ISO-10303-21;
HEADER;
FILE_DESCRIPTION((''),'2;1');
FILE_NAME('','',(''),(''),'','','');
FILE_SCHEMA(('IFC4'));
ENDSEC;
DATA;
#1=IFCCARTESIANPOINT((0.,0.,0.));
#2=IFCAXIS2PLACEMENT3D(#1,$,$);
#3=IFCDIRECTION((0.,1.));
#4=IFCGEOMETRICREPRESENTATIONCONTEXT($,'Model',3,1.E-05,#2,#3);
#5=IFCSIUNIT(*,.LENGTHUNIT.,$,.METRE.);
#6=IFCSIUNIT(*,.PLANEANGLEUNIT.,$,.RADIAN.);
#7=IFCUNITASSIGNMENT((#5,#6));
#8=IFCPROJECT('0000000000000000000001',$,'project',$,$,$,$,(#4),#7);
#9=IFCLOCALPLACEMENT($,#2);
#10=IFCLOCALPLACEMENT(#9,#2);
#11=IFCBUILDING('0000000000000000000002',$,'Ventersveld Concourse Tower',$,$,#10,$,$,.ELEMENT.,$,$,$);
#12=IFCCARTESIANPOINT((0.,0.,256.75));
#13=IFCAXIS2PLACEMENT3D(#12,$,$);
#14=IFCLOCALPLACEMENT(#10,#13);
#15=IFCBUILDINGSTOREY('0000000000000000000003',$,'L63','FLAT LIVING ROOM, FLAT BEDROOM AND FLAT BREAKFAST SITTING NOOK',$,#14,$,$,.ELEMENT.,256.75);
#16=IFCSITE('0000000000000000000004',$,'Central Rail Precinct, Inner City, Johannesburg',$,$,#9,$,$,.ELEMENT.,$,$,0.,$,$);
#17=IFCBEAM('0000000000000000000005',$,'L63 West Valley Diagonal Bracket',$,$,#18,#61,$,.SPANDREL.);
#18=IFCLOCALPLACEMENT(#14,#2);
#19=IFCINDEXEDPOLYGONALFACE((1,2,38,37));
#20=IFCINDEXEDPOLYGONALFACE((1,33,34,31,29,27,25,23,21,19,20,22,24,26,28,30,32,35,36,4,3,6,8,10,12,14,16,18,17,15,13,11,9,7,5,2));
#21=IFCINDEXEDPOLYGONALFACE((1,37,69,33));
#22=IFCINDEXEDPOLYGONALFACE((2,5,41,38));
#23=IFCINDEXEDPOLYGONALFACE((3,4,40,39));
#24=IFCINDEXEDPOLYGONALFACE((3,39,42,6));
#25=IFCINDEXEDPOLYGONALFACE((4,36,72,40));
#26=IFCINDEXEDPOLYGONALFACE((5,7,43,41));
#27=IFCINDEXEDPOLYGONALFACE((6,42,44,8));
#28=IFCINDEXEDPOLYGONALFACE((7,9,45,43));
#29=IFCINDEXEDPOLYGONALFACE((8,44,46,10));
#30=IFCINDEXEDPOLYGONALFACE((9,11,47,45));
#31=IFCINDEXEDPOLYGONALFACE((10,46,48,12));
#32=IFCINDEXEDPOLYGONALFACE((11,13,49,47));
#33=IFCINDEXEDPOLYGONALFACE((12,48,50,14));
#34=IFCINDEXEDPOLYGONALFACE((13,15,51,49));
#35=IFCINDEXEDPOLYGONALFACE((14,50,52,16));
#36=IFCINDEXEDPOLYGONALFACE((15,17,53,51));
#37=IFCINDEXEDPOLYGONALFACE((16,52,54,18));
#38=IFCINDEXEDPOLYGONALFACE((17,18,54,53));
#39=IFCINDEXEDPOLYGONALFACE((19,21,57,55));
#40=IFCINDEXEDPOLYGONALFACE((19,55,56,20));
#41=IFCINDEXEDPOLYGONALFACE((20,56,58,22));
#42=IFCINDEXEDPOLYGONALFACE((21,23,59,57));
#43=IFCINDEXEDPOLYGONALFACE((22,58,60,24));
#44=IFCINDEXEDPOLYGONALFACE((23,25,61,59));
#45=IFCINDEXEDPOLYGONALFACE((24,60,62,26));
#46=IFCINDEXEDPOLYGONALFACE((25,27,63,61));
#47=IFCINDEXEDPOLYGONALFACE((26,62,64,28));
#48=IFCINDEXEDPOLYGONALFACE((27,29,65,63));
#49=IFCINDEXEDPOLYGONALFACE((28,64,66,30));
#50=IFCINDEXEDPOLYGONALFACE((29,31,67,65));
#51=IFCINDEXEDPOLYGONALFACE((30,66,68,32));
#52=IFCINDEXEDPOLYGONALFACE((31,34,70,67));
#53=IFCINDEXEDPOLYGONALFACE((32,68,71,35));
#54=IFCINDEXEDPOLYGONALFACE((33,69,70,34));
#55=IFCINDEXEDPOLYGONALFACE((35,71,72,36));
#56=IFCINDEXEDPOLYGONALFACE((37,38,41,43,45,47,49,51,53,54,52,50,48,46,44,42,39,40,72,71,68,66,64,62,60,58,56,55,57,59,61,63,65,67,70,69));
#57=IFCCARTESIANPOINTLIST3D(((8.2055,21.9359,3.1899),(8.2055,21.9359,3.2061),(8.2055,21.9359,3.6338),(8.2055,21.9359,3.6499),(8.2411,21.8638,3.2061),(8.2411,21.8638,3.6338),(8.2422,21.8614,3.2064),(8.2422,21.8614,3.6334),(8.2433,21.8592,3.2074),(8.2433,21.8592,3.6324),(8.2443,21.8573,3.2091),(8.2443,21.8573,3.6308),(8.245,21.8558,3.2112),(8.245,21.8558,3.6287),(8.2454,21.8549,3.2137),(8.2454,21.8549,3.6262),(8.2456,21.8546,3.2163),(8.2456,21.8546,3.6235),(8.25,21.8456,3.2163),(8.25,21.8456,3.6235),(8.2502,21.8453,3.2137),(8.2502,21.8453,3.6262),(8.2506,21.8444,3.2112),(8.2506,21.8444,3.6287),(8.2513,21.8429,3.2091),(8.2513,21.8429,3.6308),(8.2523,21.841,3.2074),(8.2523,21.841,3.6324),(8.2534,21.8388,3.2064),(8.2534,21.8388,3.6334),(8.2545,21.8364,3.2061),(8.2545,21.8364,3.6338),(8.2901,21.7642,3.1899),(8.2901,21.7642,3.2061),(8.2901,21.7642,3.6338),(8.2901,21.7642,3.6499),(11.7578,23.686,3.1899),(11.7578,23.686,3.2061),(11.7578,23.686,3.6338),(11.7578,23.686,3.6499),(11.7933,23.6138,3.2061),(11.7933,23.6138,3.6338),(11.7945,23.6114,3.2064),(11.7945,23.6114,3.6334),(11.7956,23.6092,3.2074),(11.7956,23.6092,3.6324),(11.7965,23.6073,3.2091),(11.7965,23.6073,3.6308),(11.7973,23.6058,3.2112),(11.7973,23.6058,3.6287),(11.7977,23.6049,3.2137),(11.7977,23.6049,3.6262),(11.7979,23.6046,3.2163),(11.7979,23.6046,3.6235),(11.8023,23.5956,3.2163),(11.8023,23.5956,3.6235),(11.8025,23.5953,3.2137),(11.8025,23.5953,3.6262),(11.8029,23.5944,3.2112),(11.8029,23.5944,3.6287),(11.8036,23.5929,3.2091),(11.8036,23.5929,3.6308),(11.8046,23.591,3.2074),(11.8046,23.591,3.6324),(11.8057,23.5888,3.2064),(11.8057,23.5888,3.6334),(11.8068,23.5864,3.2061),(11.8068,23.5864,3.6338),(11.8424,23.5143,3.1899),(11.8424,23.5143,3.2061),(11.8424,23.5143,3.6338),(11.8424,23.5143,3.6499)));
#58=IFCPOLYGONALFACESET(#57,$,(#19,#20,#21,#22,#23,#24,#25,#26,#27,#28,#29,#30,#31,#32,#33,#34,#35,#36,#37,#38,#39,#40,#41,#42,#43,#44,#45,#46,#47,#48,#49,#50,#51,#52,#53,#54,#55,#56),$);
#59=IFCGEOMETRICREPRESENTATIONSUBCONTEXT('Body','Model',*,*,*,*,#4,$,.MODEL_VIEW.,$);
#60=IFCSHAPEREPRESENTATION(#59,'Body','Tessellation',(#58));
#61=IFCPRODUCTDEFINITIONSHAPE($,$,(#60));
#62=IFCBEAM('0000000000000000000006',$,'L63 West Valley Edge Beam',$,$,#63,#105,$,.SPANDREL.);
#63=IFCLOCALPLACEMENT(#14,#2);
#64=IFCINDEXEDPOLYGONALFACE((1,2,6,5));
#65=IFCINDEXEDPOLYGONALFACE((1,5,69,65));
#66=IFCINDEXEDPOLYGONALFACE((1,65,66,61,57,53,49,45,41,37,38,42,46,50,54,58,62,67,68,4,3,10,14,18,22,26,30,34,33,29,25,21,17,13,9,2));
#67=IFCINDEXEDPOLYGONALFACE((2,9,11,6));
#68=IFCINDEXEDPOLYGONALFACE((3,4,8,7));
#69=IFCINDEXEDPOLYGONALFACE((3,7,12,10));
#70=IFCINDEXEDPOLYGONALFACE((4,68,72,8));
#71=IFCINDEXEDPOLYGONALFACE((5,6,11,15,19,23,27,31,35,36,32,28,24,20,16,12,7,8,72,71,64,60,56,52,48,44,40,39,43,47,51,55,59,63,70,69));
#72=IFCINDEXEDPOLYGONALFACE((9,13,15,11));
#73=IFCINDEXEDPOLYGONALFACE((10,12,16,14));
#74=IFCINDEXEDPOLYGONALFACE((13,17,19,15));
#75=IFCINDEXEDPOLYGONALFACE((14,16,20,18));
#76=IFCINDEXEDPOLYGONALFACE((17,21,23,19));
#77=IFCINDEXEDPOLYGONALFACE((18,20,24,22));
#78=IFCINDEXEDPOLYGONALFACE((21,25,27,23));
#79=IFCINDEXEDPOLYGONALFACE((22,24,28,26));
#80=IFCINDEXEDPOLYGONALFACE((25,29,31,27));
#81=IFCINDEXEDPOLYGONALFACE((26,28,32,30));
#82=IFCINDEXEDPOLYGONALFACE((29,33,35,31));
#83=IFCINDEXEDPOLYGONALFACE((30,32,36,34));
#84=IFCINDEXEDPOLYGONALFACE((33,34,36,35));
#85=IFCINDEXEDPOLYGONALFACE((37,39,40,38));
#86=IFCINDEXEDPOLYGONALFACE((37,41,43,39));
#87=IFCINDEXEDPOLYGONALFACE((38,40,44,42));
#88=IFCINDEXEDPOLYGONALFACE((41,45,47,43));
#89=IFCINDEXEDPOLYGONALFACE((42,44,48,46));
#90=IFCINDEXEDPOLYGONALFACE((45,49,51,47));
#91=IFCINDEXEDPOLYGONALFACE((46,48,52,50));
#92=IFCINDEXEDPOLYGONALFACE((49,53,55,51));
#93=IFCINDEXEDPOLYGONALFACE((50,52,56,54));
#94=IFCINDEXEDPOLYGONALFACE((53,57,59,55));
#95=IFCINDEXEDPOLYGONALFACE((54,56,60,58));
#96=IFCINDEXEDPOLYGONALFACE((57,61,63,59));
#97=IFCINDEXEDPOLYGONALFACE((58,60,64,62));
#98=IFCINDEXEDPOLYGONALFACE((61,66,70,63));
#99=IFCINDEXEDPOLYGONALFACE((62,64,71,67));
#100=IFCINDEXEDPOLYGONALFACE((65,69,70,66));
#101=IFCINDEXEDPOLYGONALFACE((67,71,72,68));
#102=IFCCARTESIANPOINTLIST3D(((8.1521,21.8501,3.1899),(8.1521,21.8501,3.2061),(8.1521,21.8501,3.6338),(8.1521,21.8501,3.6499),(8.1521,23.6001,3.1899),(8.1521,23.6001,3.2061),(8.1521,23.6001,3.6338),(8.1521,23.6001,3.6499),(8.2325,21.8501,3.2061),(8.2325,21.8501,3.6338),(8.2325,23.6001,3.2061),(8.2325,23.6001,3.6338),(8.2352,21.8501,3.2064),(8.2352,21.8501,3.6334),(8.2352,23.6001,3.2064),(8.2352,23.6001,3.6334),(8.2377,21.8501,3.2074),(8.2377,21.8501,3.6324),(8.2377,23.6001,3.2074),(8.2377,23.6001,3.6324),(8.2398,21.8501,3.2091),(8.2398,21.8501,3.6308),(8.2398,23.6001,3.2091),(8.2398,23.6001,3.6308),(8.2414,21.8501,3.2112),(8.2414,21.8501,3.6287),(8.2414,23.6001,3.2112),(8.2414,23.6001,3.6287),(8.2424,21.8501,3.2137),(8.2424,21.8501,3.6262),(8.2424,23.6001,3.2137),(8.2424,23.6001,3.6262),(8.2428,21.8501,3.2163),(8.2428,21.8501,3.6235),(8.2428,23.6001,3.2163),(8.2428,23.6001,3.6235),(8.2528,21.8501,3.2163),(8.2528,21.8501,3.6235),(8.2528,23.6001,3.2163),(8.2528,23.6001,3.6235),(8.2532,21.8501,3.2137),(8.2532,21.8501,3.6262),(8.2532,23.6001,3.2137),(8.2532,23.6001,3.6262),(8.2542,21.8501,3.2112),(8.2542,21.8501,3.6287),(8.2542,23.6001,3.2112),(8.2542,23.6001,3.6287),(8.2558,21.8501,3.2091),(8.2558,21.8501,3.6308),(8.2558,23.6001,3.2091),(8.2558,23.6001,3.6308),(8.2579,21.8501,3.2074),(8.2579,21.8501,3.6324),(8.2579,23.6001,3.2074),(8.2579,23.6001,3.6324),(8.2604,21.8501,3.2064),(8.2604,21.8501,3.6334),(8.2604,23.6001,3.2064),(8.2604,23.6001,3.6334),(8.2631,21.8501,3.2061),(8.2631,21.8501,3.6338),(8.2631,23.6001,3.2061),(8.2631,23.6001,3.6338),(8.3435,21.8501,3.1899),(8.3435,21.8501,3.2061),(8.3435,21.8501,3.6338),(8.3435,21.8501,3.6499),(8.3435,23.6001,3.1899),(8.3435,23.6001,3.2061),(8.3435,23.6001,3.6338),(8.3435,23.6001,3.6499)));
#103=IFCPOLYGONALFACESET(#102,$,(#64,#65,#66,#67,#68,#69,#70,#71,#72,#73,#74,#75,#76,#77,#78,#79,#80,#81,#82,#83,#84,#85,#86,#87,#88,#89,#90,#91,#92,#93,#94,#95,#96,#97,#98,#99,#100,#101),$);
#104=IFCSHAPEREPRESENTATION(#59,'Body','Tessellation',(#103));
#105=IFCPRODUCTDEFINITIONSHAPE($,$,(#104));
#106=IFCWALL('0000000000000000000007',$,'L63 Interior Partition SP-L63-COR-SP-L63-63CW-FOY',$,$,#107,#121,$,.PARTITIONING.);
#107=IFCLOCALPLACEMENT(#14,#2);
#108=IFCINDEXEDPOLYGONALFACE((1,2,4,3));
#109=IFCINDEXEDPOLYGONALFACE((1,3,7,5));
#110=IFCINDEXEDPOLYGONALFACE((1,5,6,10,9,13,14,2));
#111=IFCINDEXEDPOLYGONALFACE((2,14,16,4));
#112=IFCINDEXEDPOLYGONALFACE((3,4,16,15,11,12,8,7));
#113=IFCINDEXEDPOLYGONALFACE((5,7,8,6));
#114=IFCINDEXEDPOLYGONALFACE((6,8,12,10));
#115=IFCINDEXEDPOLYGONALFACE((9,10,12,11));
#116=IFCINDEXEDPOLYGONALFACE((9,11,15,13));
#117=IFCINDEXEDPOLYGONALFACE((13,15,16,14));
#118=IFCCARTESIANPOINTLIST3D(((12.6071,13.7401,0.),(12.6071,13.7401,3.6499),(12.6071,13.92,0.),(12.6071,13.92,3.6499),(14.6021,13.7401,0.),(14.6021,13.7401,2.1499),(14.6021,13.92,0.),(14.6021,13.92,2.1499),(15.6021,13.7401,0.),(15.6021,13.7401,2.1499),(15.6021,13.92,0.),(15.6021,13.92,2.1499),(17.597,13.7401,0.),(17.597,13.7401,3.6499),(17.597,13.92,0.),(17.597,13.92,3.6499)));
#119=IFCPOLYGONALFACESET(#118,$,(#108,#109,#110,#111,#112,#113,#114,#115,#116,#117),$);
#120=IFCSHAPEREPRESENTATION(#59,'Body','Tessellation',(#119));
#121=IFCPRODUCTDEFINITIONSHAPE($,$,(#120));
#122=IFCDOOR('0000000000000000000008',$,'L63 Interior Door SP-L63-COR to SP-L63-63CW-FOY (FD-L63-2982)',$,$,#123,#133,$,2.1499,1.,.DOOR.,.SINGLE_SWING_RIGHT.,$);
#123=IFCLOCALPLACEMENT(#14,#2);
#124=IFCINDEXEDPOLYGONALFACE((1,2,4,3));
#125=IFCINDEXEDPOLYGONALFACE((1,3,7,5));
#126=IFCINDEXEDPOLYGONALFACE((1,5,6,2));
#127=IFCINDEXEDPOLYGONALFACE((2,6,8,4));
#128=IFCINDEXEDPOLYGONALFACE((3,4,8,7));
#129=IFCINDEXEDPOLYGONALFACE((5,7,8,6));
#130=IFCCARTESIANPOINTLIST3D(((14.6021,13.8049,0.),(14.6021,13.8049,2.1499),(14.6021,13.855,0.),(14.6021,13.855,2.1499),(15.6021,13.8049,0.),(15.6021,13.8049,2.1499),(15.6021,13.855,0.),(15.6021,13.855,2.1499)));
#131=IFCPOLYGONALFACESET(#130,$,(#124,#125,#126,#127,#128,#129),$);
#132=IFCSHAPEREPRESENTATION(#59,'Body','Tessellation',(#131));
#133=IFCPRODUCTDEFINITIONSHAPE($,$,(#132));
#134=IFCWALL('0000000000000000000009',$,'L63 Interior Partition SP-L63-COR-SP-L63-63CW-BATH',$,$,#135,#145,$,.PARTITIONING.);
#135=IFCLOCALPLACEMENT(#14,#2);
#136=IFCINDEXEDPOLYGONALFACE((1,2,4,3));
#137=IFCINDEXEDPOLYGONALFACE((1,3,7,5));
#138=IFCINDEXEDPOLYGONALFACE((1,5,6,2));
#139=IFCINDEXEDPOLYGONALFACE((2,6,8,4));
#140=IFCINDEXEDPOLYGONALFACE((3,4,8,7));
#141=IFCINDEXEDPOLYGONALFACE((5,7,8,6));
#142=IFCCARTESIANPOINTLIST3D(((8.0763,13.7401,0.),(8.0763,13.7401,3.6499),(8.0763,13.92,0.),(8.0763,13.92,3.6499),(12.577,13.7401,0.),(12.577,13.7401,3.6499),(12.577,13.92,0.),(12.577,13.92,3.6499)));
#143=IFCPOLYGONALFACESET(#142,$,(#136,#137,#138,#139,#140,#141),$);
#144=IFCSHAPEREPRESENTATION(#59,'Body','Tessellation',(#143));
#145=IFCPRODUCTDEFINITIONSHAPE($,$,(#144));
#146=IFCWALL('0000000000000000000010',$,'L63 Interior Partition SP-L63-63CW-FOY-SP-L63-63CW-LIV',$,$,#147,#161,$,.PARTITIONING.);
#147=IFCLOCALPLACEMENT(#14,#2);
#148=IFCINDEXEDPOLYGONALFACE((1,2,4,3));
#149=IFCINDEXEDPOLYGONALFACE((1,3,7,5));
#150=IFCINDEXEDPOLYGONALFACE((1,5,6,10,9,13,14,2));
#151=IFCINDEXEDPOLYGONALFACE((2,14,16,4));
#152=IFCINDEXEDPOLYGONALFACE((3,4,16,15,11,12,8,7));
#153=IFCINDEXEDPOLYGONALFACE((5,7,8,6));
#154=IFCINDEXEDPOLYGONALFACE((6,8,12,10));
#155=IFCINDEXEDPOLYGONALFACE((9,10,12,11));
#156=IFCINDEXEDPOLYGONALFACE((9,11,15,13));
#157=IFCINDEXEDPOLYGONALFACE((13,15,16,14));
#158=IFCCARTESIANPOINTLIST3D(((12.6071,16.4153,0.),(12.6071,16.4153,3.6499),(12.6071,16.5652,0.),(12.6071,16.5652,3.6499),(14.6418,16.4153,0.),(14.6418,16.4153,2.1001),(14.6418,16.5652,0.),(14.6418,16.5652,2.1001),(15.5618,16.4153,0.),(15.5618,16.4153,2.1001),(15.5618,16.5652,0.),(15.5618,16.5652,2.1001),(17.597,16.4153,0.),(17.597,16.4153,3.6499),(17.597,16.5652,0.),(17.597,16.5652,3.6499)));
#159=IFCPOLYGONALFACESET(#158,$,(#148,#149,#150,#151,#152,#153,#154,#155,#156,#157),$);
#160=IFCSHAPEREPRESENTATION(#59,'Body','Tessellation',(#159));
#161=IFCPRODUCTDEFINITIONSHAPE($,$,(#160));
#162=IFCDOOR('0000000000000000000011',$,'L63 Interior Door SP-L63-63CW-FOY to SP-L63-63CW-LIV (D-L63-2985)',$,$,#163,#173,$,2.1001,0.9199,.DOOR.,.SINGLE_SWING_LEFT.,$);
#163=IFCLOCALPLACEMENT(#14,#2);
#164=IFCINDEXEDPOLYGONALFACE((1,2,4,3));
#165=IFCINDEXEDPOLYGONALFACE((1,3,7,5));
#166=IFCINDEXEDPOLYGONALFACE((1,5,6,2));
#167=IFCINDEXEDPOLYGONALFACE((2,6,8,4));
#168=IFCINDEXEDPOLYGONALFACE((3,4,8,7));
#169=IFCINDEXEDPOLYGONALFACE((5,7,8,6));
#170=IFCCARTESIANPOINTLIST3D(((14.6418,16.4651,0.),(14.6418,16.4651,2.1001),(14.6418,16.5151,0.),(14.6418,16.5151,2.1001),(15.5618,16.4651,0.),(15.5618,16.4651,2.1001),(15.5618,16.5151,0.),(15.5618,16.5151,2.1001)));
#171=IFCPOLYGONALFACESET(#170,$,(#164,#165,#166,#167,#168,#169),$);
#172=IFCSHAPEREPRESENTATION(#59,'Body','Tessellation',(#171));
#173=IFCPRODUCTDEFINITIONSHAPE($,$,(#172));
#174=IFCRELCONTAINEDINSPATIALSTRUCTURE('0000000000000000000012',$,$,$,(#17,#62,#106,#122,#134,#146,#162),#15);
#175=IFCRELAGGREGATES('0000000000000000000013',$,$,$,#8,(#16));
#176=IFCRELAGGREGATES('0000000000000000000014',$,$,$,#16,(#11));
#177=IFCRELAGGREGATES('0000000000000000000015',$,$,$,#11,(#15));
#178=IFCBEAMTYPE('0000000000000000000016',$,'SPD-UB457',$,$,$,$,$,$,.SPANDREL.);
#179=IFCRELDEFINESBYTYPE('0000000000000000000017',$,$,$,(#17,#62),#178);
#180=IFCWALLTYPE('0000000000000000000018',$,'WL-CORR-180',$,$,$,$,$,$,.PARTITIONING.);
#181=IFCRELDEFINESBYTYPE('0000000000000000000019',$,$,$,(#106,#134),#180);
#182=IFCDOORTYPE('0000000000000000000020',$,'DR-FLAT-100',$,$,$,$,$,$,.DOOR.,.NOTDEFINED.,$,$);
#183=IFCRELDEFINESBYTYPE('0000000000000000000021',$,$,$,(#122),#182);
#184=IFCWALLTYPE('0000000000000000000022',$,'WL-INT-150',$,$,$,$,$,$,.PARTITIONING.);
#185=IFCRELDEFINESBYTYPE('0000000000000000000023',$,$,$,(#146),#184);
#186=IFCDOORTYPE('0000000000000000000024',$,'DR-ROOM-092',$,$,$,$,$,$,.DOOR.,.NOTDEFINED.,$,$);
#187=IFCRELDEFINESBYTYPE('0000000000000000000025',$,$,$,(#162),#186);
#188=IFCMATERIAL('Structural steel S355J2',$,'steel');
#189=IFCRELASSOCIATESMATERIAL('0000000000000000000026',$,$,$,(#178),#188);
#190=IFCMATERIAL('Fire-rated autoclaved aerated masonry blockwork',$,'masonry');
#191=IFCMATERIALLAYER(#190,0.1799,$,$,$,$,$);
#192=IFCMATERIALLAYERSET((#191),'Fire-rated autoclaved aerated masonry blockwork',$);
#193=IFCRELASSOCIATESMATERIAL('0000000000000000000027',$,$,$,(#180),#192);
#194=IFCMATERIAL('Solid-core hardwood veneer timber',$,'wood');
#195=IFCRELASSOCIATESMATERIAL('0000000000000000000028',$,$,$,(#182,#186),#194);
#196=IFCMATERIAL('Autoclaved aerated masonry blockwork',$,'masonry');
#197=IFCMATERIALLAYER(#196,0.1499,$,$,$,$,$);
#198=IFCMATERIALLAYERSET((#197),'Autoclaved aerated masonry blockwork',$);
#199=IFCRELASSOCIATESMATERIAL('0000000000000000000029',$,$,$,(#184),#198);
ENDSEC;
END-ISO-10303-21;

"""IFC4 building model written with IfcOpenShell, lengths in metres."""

from ifc_helpers import new_model, si_unit, direction, frame, frame_2d, origin, origin_2d, place, context, subcontext, project, spatial, rectangle, i_section, extrude, material, layer, layer_set, material_profile, profile_set, type_object, element, fill, save


model = new_model("IFC4")

# Units and contexts
model_context = context("Model", 3, precision=1e-05, world=origin(), true_north=direction((0.0, 1.0)))
body_context = subcontext(model_context, "Body", "Model", "MODEL_VIEW")
ifc_project = project(units=[si_unit("LENGTHUNIT", "METRE"), si_unit("PLANEANGLEUNIT", "RADIAN")], contexts=[model_context])

# Site, building, storey
site_placement = place(None, origin())
site = spatial("IfcSite", under=ifc_project, at=site_placement, Name="Central Rail Precinct, Inner City, Johannesburg", CompositionType="ELEMENT", RefElevation=0.0)
building_placement = place(site_placement, origin())
building = spatial("IfcBuilding", under=site, at=building_placement, Name="Ventersveld Concourse Tower", CompositionType="ELEMENT")
storey_placement = place(building_placement, frame((0.0, 0.0, 256.75)))
storey = spatial("IfcBuildingStorey", under=building, at=storey_placement, Name="L63", Description="FLAT LIVING ROOM, FLAT BEDROOM AND FLAT BREAKFAST SITTING NOOK", CompositionType="ELEMENT", Elevation=256.75)

# Beams
ifc_material_1 = material(Name="Structural steel S355J2", Category="steel")
ifc_material_profile_1 = material_profile(ifc_material_1, i_section(OverallWidth=0.1914, OverallDepth=0.46, WebThickness=0.01, FlangeThickness=0.0161, FilletRadius=0.0103, at=origin_2d()), Name="UB 457x191x82")
ifc_profile_set_1 = profile_set([ifc_material_profile_1], Name="Structural steel S355J2")
beam_type_1 = type_object("IfcBeamType", Name="SPD-UB457", PredefinedType="SPANDREL", material=ifc_profile_set_1)
beam_1_placement = place(storey_placement, frame((8.2478, 21.8501, 3.4199), z_axis=(0.89705, 0.441928, 0.0), x_axis=(-0.441928, 0.89705, 0.0)))
element("IfcBeam", 1, at=beam_1_placement, inside=storey, type_object=beam_type_1, Name="L63 West Valley Diagonal Bracket", PredefinedType="SPANDREL", context=body_context, shape_type="SweptSolid", body=[
    extrude(i_section(OverallWidth=0.1914, OverallDepth=0.46, WebThickness=0.01, FlangeThickness=0.0161, FilletRadius=0.0103, at=origin_2d()), origin(), (0.0, 0.0, 1.0), 3.96),
])
beam_2_placement = place(storey_placement, frame((8.2478, 21.8501, 3.4199), z_axis=(0.0, 1.0, 0.0), x_axis=(-1.0, 0.0, 0.0)))
element("IfcBeam", 2, at=beam_2_placement, inside=storey, type_object=beam_type_1, Name="L63 West Valley Edge Beam", PredefinedType="SPANDREL", context=body_context, shape_type="SweptSolid", body=[
    extrude(i_section(OverallWidth=0.1914, OverallDepth=0.46, WebThickness=0.01, FlangeThickness=0.0161, FilletRadius=0.0103, at=origin_2d()), origin(), (0.0, 0.0, 1.0), 1.75),
])

# Wall, opening, door
ifc_material_2 = material(Name="Fire-rated autoclaved aerated masonry blockwork", Category="masonry")
ifc_layer_1 = layer(ifc_material_2, 0.1799)
ifc_layer_set_1 = layer_set([ifc_layer_1], Name="Fire-rated autoclaved aerated masonry blockwork")
wall_type_1 = type_object("IfcWallType", Name="WL-CORR-180", PredefinedType="PARTITIONING", material=ifc_layer_set_1)
wall_1_placement = place(storey_placement, frame((12.6069, 13.8301, 0.0), z_axis=(0.0, 0.0, 1.0), x_axis=(1.0, 0.0, 0.0)))
wall_1 = element("IfcWall", 3, at=wall_1_placement, inside=storey, type_object=wall_type_1, Name="L63 Interior Partition SP-L63-COR-SP-L63-63CW-FOY", PredefinedType="PARTITIONING", context=body_context, shape_type="SweptSolid", body=[
    extrude(rectangle(XDim=4.99, YDim=0.1799, at=frame_2d((2.4951, 0.0))), origin(), (0.0, 0.0, 1.0), 3.6499),
])
opening_1_placement = place(wall_1_placement, frame((1.9951, 0.0, 0.0)))
opening_1 = element("IfcOpeningElement", 4, at=opening_1_placement, cuts=wall_1, PredefinedType="OPENING", context=body_context, shape_type="SweptSolid", body=[
    extrude(rectangle(XDim=1.0, YDim=2.1499, at=frame_2d((0.5, 1.075))), frame((0.0, 0.1001, 0.0), z_axis=(0.0, -1.0, 0.0), x_axis=(1.0, 0.0, 0.0)), (0.0, 0.0, 1.0), 0.2),
])
ifc_material_3 = material(Name="Solid-core hardwood veneer timber", Category="wood")
door_type_1 = type_object("IfcDoorType", Name="DR-FLAT-100", OperationType="NOTDEFINED", PredefinedType="DOOR", material=ifc_material_3)
door_1_placement = place(opening_1_placement, origin())
door_1 = element("IfcDoor", 5, at=door_1_placement, inside=storey, type_object=door_type_1, Name="L63 Interior Door SP-L63-COR to SP-L63-63CW-FOY (FD-L63-2982)", OperationType="SINGLE_SWING_RIGHT", OverallHeight=2.1499, OverallWidth=1.0, PredefinedType="DOOR", context=body_context, shape_type="SweptSolid", body=[
    extrude(rectangle(XDim=1.0, YDim=2.1499, at=frame_2d((0.5, 1.075))), frame((0.0, 0.0249, 0.0), z_axis=(0.0, -1.0, 0.0), x_axis=(1.0, 0.0, 0.0)), (0.0, 0.0, 1.0), 0.05),
])
fill(opening_1, door_1)

# Wall
wall_2_placement = place(storey_placement, frame((8.0762, 13.8301, 0.0), z_axis=(0.0, 0.0, 1.0), x_axis=(1.0, 0.0, 0.0)))
element("IfcWall", 6, at=wall_2_placement, inside=storey, type_object=wall_type_1, Name="L63 Interior Partition SP-L63-COR-SP-L63-63CW-BATH", PredefinedType="PARTITIONING", context=body_context, shape_type="SweptSolid", body=[
    extrude(rectangle(XDim=4.5007, YDim=0.1799, at=frame_2d((2.2505, 0.0))), origin(), (0.0, 0.0, 1.0), 3.6499),
])

# Wall, opening, door
ifc_material_4 = material(Name="Autoclaved aerated masonry blockwork", Category="masonry")
ifc_layer_2 = layer(ifc_material_4, 0.1499)
ifc_layer_set_2 = layer_set([ifc_layer_2], Name="Autoclaved aerated masonry blockwork")
wall_type_2 = type_object("IfcWallType", Name="WL-INT-150", PredefinedType="PARTITIONING", material=ifc_layer_set_2)
wall_3_placement = place(storey_placement, frame((12.6069, 16.4902, 0.0), z_axis=(0.0, 0.0, 1.0), x_axis=(1.0, 0.0, 0.0)))
wall_3 = element("IfcWall", 7, at=wall_3_placement, inside=storey, type_object=wall_type_2, Name="L63 Interior Partition SP-L63-63CW-FOY-SP-L63-63CW-LIV", PredefinedType="PARTITIONING", context=body_context, shape_type="SweptSolid", body=[
    extrude(rectangle(XDim=4.99, YDim=0.1499, at=frame_2d((2.4951, 0.0))), origin(), (0.0, 0.0, 1.0), 3.6499),
])
opening_2_placement = place(wall_3_placement, frame((2.0349, 0.0, 0.0)))
opening_2 = element("IfcOpeningElement", 8, at=opening_2_placement, cuts=wall_3, PredefinedType="OPENING", context=body_context, shape_type="SweptSolid", body=[
    extrude(rectangle(XDim=0.9199, YDim=2.1001, at=frame_2d((0.46, 1.05))), frame((0.0, 0.085, 0.0), z_axis=(0.0, -1.0, 0.0), x_axis=(1.0, 0.0, 0.0)), (0.0, 0.0, 1.0), 0.1699),
])
door_type_2 = type_object("IfcDoorType", Name="DR-ROOM-092", OperationType="NOTDEFINED", PredefinedType="DOOR", material=ifc_material_3)
door_2_placement = place(opening_2_placement, origin())
door_2 = element("IfcDoor", 9, at=door_2_placement, inside=storey, type_object=door_type_2, Name="L63 Interior Door SP-L63-63CW-FOY to SP-L63-63CW-LIV (D-L63-2985)", OperationType="SINGLE_SWING_LEFT", OverallHeight=2.1001, OverallWidth=0.9199, PredefinedType="DOOR", context=body_context, shape_type="SweptSolid", body=[
    extrude(rectangle(XDim=0.9199, YDim=2.1001, at=frame_2d((0.46, 1.05))), frame((0.0, 0.0249, 0.0), z_axis=(0.0, -1.0, 0.0), x_axis=(1.0, 0.0, 0.0)), (0.0, 0.0, 1.0), 0.05),
])
fill(opening_2, door_2)

save(model, "model.ifc")
